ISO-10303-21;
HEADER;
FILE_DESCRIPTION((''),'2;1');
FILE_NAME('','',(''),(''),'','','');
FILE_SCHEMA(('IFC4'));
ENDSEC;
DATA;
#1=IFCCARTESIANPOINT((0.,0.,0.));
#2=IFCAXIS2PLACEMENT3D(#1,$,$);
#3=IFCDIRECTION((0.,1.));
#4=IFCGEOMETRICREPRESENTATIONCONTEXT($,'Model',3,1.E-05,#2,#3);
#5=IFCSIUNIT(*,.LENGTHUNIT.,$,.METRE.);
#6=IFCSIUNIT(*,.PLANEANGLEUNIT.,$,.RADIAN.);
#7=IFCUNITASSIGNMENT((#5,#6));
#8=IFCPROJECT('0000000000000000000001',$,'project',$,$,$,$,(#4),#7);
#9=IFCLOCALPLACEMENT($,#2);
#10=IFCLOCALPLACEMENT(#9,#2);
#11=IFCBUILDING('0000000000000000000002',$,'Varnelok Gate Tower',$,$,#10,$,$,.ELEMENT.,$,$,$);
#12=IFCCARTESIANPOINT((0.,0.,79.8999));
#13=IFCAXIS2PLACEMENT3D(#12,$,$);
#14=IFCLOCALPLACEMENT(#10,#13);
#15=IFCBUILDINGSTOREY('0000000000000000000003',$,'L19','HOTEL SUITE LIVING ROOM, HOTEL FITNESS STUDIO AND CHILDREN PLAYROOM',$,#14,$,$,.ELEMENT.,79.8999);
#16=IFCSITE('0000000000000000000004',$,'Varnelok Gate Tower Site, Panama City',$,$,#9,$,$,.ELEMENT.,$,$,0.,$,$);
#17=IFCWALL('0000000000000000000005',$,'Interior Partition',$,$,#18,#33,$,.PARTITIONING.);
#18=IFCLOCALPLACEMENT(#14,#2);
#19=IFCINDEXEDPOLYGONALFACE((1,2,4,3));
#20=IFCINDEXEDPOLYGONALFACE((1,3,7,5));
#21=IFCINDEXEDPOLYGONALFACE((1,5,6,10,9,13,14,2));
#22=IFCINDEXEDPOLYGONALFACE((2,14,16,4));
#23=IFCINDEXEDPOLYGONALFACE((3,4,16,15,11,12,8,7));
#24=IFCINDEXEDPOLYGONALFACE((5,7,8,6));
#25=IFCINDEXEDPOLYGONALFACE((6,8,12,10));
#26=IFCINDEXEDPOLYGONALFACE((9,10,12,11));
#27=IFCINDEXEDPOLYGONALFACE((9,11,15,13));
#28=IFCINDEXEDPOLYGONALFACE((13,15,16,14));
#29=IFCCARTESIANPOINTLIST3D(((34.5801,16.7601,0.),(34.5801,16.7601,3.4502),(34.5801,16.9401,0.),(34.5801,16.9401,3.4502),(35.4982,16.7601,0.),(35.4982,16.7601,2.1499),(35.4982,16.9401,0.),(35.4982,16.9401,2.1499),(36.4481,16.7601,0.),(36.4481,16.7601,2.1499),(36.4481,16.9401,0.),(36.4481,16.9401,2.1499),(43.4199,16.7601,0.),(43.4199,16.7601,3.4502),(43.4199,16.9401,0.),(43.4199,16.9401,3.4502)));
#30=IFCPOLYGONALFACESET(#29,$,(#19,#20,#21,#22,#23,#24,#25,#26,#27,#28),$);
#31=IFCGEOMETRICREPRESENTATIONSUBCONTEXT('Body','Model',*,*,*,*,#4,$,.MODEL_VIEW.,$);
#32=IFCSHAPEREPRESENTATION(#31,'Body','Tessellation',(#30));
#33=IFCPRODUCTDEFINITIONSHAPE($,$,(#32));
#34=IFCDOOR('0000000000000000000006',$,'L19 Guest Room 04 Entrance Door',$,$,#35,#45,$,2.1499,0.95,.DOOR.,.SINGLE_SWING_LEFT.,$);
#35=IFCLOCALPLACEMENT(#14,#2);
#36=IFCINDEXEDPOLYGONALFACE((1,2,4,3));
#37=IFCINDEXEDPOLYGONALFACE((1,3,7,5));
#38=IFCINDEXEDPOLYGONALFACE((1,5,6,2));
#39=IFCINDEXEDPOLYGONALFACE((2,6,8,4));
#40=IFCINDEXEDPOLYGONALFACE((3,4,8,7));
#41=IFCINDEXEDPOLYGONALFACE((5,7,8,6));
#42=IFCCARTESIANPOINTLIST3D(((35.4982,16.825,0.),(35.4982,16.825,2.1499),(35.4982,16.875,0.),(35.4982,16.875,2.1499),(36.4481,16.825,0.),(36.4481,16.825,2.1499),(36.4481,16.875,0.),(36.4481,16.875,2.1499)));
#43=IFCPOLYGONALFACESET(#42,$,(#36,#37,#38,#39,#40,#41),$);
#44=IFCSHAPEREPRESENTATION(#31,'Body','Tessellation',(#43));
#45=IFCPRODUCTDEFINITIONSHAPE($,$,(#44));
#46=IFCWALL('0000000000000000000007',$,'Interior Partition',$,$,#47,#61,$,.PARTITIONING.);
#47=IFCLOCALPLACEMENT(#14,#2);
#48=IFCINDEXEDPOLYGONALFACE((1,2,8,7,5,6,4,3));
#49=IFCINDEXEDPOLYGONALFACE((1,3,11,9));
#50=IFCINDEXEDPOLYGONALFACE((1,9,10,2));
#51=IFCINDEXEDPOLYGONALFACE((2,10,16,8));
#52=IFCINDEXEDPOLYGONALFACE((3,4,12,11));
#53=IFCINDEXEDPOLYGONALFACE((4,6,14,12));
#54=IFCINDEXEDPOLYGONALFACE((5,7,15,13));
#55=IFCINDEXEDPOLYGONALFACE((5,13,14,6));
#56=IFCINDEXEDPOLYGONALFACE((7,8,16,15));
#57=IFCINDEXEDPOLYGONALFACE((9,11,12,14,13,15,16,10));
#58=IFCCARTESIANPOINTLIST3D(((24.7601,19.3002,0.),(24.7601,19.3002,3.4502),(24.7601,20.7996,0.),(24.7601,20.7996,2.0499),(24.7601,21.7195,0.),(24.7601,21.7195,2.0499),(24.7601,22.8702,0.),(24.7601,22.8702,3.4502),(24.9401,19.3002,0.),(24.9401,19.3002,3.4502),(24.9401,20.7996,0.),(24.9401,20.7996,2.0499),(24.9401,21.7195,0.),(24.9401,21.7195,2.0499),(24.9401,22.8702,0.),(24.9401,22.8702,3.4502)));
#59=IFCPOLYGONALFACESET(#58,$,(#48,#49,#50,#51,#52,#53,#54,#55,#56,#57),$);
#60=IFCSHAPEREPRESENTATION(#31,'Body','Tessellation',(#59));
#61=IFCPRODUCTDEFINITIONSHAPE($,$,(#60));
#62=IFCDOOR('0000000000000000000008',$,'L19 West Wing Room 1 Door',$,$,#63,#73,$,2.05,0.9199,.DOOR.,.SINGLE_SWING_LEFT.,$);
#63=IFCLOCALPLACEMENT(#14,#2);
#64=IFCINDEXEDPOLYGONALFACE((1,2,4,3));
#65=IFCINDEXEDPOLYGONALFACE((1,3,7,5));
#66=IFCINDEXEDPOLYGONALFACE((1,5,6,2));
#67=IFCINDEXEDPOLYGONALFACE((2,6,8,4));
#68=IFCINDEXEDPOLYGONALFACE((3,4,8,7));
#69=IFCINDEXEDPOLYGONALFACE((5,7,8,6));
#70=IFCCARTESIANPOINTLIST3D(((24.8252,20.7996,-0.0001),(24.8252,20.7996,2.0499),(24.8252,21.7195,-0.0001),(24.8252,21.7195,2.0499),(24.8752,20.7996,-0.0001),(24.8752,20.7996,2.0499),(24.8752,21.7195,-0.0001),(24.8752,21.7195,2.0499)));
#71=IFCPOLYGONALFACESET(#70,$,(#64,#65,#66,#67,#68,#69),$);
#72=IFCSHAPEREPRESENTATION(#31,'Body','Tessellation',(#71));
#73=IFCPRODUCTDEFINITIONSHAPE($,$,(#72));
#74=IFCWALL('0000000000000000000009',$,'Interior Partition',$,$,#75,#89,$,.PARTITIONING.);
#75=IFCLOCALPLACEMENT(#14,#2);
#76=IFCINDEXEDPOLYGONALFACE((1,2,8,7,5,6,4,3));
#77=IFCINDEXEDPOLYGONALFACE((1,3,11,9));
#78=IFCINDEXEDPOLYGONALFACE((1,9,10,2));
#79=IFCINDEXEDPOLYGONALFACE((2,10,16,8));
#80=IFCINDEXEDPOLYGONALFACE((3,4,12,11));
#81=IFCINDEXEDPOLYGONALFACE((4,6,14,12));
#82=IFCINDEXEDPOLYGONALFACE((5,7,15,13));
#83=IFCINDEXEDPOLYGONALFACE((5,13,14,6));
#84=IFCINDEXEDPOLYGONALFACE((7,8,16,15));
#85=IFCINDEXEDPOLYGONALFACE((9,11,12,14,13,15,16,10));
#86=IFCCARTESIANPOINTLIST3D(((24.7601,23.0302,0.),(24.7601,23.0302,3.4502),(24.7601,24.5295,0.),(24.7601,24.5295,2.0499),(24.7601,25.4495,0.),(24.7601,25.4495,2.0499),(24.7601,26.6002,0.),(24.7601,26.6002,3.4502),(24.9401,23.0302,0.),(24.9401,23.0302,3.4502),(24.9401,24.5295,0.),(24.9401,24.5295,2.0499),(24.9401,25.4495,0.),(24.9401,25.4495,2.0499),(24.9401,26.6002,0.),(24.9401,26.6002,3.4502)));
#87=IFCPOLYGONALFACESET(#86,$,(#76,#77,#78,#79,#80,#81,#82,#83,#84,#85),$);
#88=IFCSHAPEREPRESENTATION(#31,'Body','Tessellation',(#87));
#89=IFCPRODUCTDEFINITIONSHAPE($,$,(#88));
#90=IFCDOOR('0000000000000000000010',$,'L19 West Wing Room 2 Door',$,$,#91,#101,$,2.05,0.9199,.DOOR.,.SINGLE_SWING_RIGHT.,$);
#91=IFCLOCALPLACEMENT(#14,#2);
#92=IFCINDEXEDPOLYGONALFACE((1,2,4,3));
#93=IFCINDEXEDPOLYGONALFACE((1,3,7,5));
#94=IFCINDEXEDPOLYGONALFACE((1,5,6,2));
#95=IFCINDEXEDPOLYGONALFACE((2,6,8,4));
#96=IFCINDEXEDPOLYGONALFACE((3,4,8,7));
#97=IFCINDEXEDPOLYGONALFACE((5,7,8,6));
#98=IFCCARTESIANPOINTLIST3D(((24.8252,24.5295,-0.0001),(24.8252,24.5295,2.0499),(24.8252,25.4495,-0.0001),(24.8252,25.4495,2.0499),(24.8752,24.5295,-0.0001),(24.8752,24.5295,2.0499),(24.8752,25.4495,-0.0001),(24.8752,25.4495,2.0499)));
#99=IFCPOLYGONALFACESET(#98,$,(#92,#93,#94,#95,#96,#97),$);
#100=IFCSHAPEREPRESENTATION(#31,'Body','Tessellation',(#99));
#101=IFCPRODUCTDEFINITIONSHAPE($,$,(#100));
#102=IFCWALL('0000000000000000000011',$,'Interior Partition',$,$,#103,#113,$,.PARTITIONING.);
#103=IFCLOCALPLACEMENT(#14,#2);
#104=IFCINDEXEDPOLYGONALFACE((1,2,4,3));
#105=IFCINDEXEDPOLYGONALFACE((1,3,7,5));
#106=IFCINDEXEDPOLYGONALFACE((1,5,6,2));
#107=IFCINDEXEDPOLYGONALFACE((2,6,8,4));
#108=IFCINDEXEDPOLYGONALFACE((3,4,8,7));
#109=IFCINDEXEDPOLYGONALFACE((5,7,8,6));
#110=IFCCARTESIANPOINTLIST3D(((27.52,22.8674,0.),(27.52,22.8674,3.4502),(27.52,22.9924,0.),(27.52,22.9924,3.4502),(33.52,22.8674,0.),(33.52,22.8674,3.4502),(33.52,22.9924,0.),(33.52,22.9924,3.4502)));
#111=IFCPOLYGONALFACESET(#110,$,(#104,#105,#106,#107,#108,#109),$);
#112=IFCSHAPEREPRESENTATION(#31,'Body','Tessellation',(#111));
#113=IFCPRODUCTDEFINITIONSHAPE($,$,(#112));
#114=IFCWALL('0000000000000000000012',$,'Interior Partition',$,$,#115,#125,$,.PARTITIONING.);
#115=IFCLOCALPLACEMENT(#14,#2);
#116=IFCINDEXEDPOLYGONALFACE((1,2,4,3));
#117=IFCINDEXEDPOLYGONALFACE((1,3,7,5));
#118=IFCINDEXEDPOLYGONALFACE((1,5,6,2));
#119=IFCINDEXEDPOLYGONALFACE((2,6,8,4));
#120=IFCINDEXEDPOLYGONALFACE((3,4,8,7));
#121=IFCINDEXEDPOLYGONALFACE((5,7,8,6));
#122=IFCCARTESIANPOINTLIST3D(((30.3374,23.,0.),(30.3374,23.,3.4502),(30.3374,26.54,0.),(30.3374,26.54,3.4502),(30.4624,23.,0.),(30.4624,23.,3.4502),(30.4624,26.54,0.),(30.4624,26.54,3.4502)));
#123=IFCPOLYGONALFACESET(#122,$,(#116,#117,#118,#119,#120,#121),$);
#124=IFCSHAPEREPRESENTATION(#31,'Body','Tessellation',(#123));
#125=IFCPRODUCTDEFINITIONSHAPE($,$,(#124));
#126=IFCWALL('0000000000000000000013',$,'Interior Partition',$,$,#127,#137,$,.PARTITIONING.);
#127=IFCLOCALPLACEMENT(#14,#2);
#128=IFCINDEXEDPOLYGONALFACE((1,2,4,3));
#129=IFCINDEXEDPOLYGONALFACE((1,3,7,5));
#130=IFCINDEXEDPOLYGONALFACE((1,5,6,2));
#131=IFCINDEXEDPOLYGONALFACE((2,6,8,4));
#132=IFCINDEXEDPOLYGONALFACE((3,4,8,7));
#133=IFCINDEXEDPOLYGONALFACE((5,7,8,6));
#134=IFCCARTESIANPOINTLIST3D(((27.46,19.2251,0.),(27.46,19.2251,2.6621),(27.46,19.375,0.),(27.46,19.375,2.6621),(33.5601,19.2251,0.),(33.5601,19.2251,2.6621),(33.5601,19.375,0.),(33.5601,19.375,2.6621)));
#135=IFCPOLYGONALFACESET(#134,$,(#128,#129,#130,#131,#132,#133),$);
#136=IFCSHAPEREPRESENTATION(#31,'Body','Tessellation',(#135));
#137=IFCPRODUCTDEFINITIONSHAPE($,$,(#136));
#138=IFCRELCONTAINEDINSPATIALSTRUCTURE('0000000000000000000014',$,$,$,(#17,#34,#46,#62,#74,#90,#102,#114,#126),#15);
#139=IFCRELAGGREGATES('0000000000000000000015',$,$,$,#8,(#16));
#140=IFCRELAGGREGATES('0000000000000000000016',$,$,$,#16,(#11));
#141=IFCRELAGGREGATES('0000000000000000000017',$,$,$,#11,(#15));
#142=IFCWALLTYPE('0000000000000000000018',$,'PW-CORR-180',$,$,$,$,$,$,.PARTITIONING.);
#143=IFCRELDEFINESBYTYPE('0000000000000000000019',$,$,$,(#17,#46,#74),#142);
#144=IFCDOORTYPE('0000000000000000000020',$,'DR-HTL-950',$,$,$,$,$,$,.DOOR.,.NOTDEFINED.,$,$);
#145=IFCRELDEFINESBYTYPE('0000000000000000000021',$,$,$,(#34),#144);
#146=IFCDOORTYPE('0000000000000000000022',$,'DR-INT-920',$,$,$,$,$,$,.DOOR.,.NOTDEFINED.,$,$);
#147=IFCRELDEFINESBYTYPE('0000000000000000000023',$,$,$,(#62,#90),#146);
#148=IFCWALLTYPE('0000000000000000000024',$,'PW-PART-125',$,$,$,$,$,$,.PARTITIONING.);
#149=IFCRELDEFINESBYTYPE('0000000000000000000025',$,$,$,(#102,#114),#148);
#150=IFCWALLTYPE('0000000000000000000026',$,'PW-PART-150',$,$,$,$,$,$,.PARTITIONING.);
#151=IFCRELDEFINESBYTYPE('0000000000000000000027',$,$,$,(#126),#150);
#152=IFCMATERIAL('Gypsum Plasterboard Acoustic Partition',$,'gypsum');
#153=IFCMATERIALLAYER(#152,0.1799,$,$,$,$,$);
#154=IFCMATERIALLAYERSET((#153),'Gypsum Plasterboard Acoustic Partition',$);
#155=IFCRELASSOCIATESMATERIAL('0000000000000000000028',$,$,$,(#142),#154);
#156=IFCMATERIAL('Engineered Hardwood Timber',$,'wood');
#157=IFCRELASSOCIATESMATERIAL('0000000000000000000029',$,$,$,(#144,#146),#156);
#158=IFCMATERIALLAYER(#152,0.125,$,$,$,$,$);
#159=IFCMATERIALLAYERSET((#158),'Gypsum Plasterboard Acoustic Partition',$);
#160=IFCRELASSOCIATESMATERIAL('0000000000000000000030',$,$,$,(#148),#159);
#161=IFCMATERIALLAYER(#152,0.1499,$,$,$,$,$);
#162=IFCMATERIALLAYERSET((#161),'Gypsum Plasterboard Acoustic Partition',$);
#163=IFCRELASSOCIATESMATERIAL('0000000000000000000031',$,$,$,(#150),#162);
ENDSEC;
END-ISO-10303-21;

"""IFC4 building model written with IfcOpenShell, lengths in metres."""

from ifc_helpers import new_model, si_unit, direction, frame, frame_2d, origin, place, context, subcontext, project, spatial, rectangle, extrude, material, layer, layer_set, type_object, element, fill, save


model = new_model("IFC4")

# Units and contexts
model_context = context("Model", 3, precision=1e-05, world=origin(), true_north=direction((0.0, 1.0)))
body_context = subcontext(model_context, "Body", "Model", "MODEL_VIEW")
ifc_project = project(units=[si_unit("LENGTHUNIT", "METRE"), si_unit("PLANEANGLEUNIT", "RADIAN")], contexts=[model_context])

# Site, building, storey
site_placement = place(None, origin())
site = spatial("IfcSite", under=ifc_project, at=site_placement, Name="Varnelok Gate Tower Site, Panama City", CompositionType="ELEMENT", RefElevation=0.0)
building_placement = place(site_placement, origin())
building = spatial("IfcBuilding", under=site, at=building_placement, Name="Varnelok Gate Tower", CompositionType="ELEMENT")
storey_placement = place(building_placement, frame((0.0, 0.0, 79.8999)))
storey = spatial("IfcBuildingStorey", under=building, at=storey_placement, Name="L19", Description="HOTEL SUITE LIVING ROOM, HOTEL FITNESS STUDIO AND CHILDREN PLAYROOM", CompositionType="ELEMENT", Elevation=79.8999)

# Walls, openings, doors
ifc_material_1 = material(Name="Gypsum Plasterboard Acoustic Partition", Category="gypsum")
ifc_layer_1 = layer(ifc_material_1, 0.1799)
ifc_layer_set_1 = layer_set([ifc_layer_1], Name="Gypsum Plasterboard Acoustic Partition")
wall_type_1 = type_object("IfcWallType", Name="PW-CORR-180", PredefinedType="PARTITIONING", material=ifc_layer_set_1)
wall_1_placement = place(storey_placement, frame((34.5801, 16.8501, 0.0), z_axis=(0.0, 0.0, 1.0), x_axis=(1.0, 0.0, 0.0)))
wall_1 = element("IfcWall", 1, at=wall_1_placement, inside=storey, type_object=wall_type_1, Name="Interior Partition", PredefinedType="PARTITIONING", context=body_context, shape_type="SweptSolid", body=[
    extrude(rectangle(XDim=8.8398, YDim=0.1799, at=frame_2d((4.4199, 0.0))), origin(), (0.0, 0.0, 1.0), 3.4502),
])
opening_1_placement = place(wall_1_placement, frame((0.918, 0.0, 0.0)))
opening_1 = element("IfcOpeningElement", 2, at=opening_1_placement, cuts=wall_1, PredefinedType="OPENING", context=body_context, shape_type="SweptSolid", body=[
    extrude(rectangle(XDim=0.95, YDim=2.1499, at=frame_2d((0.4751, 1.075))), frame((0.0, 0.0999, 0.0), z_axis=(0.0, -1.0, 0.0), x_axis=(1.0, 0.0, 0.0)), (0.0, 0.0, 1.0), 0.2),
])
ifc_material_2 = material(Name="Engineered Hardwood Timber", Category="wood")
door_type_1 = type_object("IfcDoorType", Name="DR-HTL-950", OperationType="NOTDEFINED", PredefinedType="DOOR", material=ifc_material_2)
door_1_placement = place(opening_1_placement, origin())
door_1 = element("IfcDoor", 3, at=door_1_placement, inside=storey, type_object=door_type_1, Name="L19 Guest Room 04 Entrance Door", OperationType="SINGLE_SWING_LEFT", OverallHeight=2.1499, OverallWidth=0.95, PredefinedType="DOOR", context=body_context, shape_type="SweptSolid", body=[
    extrude(rectangle(XDim=0.95, YDim=2.1499, at=frame_2d((0.4751, 1.075))), frame((0.0, 0.0249, 0.0), z_axis=(0.0, -1.0, 0.0), x_axis=(1.0, 0.0, 0.0)), (0.0, 0.0, 1.0), 0.05),
])
fill(opening_1, door_1)
wall_2_placement = place(storey_placement, frame((24.8501, 19.3, 0.0), z_axis=(0.0, 0.0, 1.0), x_axis=(0.0, 1.0, 0.0)))
wall_2 = element("IfcWall", 4, at=wall_2_placement, inside=storey, type_object=wall_type_1, Name="Interior Partition", PredefinedType="PARTITIONING", context=body_context, shape_type="SweptSolid", body=[
    extrude(rectangle(XDim=3.5701, YDim=0.1799, at=frame_2d((1.7852, 0.0))), origin(), (0.0, 0.0, 1.0), 3.4502),
])
opening_2_placement = place(wall_2_placement, frame((1.4995, 0.0, 0.0)))
opening_2 = element("IfcOpeningElement", 5, at=opening_2_placement, cuts=wall_2, PredefinedType="OPENING", context=body_context, shape_type="SweptSolid", body=[
    extrude(rectangle(XDim=0.9199, YDim=2.05, at=frame_2d((0.46, 1.0249))), frame((0.0, 0.0999, 0.0), z_axis=(0.0, -1.0, 0.0), x_axis=(1.0, 0.0, 0.0)), (0.0, 0.0, 1.0), 0.2),
])
door_type_2 = type_object("IfcDoorType", Name="DR-INT-920", OperationType="NOTDEFINED", PredefinedType="DOOR", material=ifc_material_2)
door_2_placement = place(opening_2_placement, origin())
door_2 = element("IfcDoor", 6, at=door_2_placement, inside=storey, type_object=door_type_2, Name="L19 West Wing Room 1 Door", OperationType="SINGLE_SWING_LEFT", OverallHeight=2.05, OverallWidth=0.9199, PredefinedType="DOOR", context=body_context, shape_type="SweptSolid", body=[
    extrude(rectangle(XDim=0.9199, YDim=2.05, at=frame_2d((0.46, 1.0249))), frame((0.0, 0.0249, 0.0), z_axis=(0.0, -1.0, 0.0), x_axis=(1.0, 0.0, 0.0)), (0.0, 0.0, 1.0), 0.05),
])
fill(opening_2, door_2)
wall_3_placement = place(storey_placement, frame((24.8501, 23.03, 0.0), z_axis=(0.0, 0.0, 1.0), x_axis=(0.0, 1.0, 0.0)))
wall_3 = element("IfcWall", 7, at=wall_3_placement, inside=storey, type_object=wall_type_1, Name="Interior Partition", PredefinedType="PARTITIONING", context=body_context, shape_type="SweptSolid", body=[
    extrude(rectangle(XDim=3.5701, YDim=0.1799, at=frame_2d((1.7852, 0.0))), origin(), (0.0, 0.0, 1.0), 3.4502),
])
opening_3_placement = place(wall_3_placement, frame((1.4995, 0.0, 0.0)))
opening_3 = element("IfcOpeningElement", 8, at=opening_3_placement, cuts=wall_3, PredefinedType="OPENING", context=body_context, shape_type="SweptSolid", body=[
    extrude(rectangle(XDim=0.9199, YDim=2.05, at=frame_2d((0.46, 1.0249))), frame((0.0, 0.0999, 0.0), z_axis=(0.0, -1.0, 0.0), x_axis=(1.0, 0.0, 0.0)), (0.0, 0.0, 1.0), 0.2),
])
door_3_placement = place(opening_3_placement, origin())
door_3 = element("IfcDoor", 9, at=door_3_placement, inside=storey, type_object=door_type_2, Name="L19 West Wing Room 2 Door", OperationType="SINGLE_SWING_RIGHT", OverallHeight=2.05, OverallWidth=0.9199, PredefinedType="DOOR", context=body_context, shape_type="SweptSolid", body=[
    extrude(rectangle(XDim=0.9199, YDim=2.05, at=frame_2d((0.46, 1.0249))), frame((0.0, 0.0249, 0.0), z_axis=(0.0, -1.0, 0.0), x_axis=(1.0, 0.0, 0.0)), (0.0, 0.0, 1.0), 0.05),
])
fill(opening_3, door_3)

# Walls
ifc_layer_2 = layer(ifc_material_1, 0.125)
ifc_layer_set_2 = layer_set([ifc_layer_2], Name="Gypsum Plasterboard Acoustic Partition")
wall_type_2 = type_object("IfcWallType", Name="PW-PART-125", PredefinedType="PARTITIONING", material=ifc_layer_set_2)
wall_4_placement = place(storey_placement, frame((27.52, 22.9299, 0.0), z_axis=(0.0, 0.0, 1.0), x_axis=(1.0, 0.0, 0.0)))
element("IfcWall", 10, at=wall_4_placement, inside=storey, type_object=wall_type_2, Name="Interior Partition", PredefinedType="PARTITIONING", context=body_context, shape_type="SweptSolid", body=[
    extrude(rectangle(XDim=6.0, YDim=0.125, at=frame_2d((3.0, 0.0))), origin(), (0.0, 0.0, 1.0), 3.4502),
])
wall_5_placement = place(storey_placement, frame((30.3999, 23.0, 0.0), z_axis=(0.0, 0.0, 1.0), x_axis=(0.0, 1.0, 0.0)))
element("IfcWall", 11, at=wall_5_placement, inside=storey, type_object=wall_type_2, Name="Interior Partition", PredefinedType="PARTITIONING", context=body_context, shape_type="SweptSolid", body=[
    extrude(rectangle(XDim=3.54, YDim=0.125, at=frame_2d((1.77, 0.0))), origin(), (0.0, 0.0, 1.0), 3.4502),
])
ifc_layer_3 = layer(ifc_material_1, 0.1499)
ifc_layer_set_3 = layer_set([ifc_layer_3], Name="Gypsum Plasterboard Acoustic Partition")
wall_type_3 = type_object("IfcWallType", Name="PW-PART-150", PredefinedType="PARTITIONING", material=ifc_layer_set_3)
wall_6_placement = place(storey_placement, frame((27.46, 19.3, 0.0), z_axis=(0.0, 0.0, 1.0), x_axis=(1.0, 0.0, 0.0)))
element("IfcWall", 12, at=wall_6_placement, inside=storey, type_object=wall_type_3, Name="Interior Partition", PredefinedType="PARTITIONING", context=body_context, shape_type="SweptSolid", body=[
    extrude(rectangle(XDim=6.1001, YDim=0.1499, at=frame_2d((3.05, 0.0))), origin(), (0.0, 0.0, 1.0), 2.6621),
])

save(model, "model.ifc")
